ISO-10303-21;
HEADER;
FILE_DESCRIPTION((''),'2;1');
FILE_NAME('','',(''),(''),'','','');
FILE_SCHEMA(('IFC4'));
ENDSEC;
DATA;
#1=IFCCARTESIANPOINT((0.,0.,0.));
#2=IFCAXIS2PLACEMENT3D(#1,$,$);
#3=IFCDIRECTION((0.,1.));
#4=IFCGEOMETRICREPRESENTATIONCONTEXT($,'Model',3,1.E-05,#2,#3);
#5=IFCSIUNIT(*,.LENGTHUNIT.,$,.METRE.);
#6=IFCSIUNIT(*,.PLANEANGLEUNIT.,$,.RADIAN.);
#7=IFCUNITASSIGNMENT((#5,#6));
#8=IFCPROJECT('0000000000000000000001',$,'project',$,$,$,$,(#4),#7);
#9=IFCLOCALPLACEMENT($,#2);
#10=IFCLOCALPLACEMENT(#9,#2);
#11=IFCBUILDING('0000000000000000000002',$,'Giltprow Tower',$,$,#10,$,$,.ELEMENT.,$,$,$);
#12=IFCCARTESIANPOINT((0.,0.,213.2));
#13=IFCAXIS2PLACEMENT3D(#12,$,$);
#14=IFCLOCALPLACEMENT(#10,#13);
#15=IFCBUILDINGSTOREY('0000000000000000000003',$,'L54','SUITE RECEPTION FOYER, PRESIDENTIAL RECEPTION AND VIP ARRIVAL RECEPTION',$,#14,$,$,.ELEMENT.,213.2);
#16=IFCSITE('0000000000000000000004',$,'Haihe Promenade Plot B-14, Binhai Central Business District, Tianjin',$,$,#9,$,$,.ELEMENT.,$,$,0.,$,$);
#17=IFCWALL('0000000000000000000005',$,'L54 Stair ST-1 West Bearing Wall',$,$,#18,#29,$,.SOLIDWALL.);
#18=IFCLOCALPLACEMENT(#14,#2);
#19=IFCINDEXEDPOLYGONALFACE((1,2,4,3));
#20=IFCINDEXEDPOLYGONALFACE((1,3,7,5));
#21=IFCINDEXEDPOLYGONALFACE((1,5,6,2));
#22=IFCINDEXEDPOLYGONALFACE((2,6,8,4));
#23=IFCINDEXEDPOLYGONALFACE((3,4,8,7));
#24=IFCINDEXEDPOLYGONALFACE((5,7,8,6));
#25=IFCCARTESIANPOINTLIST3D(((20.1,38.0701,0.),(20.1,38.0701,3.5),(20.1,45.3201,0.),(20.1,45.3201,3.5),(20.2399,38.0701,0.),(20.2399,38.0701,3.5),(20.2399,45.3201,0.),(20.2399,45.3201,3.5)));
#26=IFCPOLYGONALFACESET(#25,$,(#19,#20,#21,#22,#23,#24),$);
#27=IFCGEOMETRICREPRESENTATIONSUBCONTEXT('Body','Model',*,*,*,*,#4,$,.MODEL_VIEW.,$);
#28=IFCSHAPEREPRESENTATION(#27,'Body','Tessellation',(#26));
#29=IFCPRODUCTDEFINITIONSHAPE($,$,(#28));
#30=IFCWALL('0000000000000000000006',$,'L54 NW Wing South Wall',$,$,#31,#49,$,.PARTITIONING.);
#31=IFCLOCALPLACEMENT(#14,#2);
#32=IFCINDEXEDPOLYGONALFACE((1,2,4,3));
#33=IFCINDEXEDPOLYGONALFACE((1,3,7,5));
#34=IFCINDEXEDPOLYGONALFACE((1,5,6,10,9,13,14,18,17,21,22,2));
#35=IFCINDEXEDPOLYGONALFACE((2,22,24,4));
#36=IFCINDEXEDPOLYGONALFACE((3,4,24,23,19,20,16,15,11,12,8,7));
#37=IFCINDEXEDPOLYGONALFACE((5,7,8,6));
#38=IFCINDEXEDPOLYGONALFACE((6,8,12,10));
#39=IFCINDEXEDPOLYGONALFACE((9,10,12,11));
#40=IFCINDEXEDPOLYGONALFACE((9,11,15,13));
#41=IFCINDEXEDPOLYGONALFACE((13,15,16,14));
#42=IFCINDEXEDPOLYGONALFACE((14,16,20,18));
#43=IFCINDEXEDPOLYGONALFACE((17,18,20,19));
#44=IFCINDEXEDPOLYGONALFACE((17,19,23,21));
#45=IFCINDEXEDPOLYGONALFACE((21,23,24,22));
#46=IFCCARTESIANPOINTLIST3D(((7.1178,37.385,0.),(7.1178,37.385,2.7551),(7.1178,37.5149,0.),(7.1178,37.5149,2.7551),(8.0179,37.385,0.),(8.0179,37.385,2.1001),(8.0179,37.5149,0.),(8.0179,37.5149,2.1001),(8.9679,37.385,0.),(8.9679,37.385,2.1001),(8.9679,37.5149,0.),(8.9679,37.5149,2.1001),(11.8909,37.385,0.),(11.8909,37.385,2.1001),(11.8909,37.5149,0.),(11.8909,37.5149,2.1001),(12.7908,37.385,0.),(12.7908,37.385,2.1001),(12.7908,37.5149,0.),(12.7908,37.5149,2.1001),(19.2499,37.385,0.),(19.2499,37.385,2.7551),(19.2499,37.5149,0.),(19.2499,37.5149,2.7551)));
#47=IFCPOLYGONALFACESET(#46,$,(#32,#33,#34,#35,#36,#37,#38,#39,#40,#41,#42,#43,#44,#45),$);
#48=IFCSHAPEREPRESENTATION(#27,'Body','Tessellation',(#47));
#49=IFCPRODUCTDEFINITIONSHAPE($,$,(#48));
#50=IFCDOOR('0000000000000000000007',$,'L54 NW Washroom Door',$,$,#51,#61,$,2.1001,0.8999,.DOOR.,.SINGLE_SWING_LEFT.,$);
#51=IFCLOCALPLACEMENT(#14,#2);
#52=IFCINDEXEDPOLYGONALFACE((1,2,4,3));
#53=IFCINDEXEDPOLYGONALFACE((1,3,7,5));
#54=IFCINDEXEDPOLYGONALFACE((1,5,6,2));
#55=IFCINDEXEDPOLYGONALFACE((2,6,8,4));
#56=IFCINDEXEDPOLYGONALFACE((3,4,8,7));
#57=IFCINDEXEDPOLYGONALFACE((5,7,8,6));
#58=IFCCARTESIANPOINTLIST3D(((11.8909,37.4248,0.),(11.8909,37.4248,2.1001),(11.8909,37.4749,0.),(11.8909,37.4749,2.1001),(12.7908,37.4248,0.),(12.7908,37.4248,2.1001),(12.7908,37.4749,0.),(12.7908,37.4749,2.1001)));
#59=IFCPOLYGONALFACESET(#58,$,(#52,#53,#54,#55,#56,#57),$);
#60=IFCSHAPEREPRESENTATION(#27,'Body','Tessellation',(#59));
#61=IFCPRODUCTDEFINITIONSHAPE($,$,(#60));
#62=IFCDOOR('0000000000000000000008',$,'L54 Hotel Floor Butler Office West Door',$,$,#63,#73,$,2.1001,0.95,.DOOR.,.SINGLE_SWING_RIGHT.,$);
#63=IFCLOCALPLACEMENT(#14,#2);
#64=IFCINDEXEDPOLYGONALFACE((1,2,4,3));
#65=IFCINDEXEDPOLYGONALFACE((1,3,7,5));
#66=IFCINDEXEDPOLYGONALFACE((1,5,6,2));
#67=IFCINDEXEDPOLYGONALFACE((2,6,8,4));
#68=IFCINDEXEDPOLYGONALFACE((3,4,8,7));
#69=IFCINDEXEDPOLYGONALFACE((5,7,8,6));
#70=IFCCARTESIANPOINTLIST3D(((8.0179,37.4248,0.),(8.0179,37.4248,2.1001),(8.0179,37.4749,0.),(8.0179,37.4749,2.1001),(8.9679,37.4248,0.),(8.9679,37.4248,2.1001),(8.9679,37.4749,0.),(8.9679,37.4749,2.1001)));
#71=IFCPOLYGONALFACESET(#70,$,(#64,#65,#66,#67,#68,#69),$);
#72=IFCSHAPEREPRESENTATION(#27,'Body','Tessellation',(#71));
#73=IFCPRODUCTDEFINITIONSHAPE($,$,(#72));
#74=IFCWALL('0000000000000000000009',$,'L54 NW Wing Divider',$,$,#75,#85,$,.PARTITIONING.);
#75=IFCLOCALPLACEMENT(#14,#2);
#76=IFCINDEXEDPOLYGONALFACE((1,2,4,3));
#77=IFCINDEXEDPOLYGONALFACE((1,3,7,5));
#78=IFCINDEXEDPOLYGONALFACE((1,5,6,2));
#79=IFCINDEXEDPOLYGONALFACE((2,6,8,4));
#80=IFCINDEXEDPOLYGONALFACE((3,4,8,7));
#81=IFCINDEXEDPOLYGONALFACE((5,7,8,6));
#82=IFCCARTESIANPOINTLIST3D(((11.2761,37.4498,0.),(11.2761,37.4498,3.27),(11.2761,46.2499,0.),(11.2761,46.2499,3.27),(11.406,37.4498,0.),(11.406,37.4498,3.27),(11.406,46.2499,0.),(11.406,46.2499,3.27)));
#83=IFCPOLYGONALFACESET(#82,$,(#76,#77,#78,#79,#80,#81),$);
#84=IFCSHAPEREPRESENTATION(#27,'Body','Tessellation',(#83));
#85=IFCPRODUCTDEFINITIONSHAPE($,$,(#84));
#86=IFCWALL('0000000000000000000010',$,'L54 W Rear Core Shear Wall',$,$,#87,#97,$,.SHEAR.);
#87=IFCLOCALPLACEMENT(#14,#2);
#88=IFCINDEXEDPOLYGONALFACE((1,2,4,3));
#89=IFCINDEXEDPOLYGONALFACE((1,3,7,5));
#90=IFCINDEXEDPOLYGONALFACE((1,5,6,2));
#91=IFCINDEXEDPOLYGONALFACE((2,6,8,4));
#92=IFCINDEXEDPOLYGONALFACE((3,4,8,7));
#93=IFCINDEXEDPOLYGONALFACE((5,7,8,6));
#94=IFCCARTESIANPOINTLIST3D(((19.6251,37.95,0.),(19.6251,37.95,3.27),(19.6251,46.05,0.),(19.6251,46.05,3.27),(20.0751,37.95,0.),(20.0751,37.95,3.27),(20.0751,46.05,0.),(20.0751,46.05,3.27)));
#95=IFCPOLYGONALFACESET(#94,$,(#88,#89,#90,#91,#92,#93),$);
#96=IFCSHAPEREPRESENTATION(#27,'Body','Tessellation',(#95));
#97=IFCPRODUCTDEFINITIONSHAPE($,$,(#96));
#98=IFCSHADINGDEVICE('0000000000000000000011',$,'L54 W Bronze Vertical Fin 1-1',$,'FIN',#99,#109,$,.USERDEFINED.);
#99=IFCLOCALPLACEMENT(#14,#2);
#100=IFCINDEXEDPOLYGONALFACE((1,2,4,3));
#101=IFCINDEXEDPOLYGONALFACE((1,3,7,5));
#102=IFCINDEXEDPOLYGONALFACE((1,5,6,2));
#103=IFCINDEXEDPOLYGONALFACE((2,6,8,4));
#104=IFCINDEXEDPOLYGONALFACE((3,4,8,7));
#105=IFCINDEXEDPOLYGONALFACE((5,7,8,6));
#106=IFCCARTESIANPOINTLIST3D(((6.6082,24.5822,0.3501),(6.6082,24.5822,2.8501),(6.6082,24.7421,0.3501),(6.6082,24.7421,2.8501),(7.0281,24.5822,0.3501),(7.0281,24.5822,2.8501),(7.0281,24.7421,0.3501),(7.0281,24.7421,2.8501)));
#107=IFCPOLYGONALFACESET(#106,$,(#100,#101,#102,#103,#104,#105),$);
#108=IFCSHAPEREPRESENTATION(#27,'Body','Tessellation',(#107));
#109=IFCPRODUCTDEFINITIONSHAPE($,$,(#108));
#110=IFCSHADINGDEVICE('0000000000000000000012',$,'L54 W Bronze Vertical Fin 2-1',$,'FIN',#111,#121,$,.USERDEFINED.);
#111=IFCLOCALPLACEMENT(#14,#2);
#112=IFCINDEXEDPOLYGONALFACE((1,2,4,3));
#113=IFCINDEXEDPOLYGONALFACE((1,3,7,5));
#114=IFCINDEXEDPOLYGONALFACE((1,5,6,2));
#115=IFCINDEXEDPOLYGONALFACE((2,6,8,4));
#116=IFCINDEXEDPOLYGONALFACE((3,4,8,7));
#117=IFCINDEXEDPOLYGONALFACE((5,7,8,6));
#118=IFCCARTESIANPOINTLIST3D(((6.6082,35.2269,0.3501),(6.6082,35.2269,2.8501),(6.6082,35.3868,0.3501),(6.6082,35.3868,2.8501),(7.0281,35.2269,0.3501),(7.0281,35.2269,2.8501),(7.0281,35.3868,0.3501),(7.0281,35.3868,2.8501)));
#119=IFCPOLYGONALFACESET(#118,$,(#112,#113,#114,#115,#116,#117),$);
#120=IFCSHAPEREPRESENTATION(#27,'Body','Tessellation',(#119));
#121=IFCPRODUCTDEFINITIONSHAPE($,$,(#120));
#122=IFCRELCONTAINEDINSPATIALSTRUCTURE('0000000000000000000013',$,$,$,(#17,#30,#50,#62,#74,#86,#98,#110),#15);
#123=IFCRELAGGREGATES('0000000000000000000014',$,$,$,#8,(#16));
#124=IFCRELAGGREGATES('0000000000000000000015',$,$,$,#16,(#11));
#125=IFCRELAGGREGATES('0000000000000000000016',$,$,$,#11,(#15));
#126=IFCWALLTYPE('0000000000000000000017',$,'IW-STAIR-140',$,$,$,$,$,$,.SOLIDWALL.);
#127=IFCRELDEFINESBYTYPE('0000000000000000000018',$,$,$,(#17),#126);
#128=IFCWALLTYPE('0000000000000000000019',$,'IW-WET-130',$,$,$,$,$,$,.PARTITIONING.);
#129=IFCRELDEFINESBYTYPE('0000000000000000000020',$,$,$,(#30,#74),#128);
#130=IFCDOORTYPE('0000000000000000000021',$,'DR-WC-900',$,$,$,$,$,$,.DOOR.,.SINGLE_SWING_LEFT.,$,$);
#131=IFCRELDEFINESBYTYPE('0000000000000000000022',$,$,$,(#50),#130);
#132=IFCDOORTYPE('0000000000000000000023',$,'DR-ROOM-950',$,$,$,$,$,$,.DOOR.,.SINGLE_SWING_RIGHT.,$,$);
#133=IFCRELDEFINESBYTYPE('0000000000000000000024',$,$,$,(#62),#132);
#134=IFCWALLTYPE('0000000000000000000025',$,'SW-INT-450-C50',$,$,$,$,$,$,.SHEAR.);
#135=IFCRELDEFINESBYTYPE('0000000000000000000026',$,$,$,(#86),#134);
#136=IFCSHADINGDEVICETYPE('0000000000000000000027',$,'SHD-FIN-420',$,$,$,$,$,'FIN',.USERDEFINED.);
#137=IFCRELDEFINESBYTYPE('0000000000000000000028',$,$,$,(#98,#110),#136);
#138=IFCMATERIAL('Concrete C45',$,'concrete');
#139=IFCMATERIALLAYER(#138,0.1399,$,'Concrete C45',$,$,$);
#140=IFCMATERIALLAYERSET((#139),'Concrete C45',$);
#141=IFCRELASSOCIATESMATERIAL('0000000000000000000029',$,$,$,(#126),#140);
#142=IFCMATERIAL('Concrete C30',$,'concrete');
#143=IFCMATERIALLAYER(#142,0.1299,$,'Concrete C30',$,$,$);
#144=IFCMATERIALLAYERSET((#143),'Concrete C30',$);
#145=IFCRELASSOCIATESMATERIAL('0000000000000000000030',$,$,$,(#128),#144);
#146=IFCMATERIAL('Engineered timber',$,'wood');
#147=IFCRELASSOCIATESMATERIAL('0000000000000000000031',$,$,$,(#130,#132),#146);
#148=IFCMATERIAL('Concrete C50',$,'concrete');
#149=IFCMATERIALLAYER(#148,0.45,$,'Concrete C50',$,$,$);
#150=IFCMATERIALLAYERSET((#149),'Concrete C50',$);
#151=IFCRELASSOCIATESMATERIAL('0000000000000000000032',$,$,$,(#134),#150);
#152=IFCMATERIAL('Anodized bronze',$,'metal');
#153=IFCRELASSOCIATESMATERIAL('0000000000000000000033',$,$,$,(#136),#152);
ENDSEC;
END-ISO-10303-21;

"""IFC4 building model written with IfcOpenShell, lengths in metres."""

from ifc_helpers import new_model, si_unit, direction, frame, frame_2d, origin, origin_2d, place, context, subcontext, project, spatial, rectangle, extrude, source, transform, mapped, material, layer, layer_set, type_object, element, fill, save


model = new_model("IFC4")

# Units and contexts
model_context = context("Model", 3, precision=1e-05, world=origin(), true_north=direction((0.0, 1.0)))
body_context = subcontext(model_context, "Body", "Model", "MODEL_VIEW")
ifc_project = project(units=[si_unit("LENGTHUNIT", "METRE"), si_unit("PLANEANGLEUNIT", "RADIAN")], contexts=[model_context])

# Site, building, storey
site_placement = place(None, origin())
site = spatial("IfcSite", under=ifc_project, at=site_placement, Name="Haihe Promenade Plot B-14, Binhai Central Business District, Tianjin", CompositionType="ELEMENT", RefElevation=0.0)
building_placement = place(site_placement, origin())
building = spatial("IfcBuilding", under=site, at=building_placement, Name="Giltprow Tower", CompositionType="ELEMENT")
storey_placement = place(building_placement, frame((0.0, 0.0, 213.2)))
storey = spatial("IfcBuildingStorey", under=building, at=storey_placement, Name="L54", Description="SUITE RECEPTION FOYER, PRESIDENTIAL RECEPTION AND VIP ARRIVAL RECEPTION", CompositionType="ELEMENT", Elevation=213.2)

# Shared definitions
ifc_material_1 = material(Name="Concrete C50", Category="concrete")

# Shared definitions
ifc_material_2 = material(Name="Engineered timber", Category="wood")

# Wall
ifc_material_3 = material(Name="Concrete C45", Category="concrete")
ifc_layer_1 = layer(ifc_material_3, 0.1399, Name="Concrete C45")
ifc_layer_set_1 = layer_set([ifc_layer_1], Name="Concrete C45")
wall_type_1 = type_object("IfcWallType", Name="IW-STAIR-140", PredefinedType="SOLIDWALL", material=ifc_layer_set_1)
wall_1_placement = place(storey_placement, frame((20.1699, 38.0701, 0.0), z_axis=(0.0, 0.0, 1.0), x_axis=(0.0, 1.0, 0.0)))
element("IfcWall", 1, at=wall_1_placement, inside=storey, type_object=wall_type_1, Name="L54 Stair ST-1 West Bearing Wall", PredefinedType="SOLIDWALL", context=body_context, shape_type="SweptSolid", body=[
    extrude(rectangle(XDim=7.25, YDim=0.1399, at=frame_2d((3.625, 0.0))), origin(), (0.0, 0.0, 1.0), 3.5),
])

# Wall, openings, doors
ifc_material_4 = material(Name="Concrete C30", Category="concrete")
ifc_layer_2 = layer(ifc_material_4, 0.1299, Name="Concrete C30")
ifc_layer_set_2 = layer_set([ifc_layer_2], Name="Concrete C30")
wall_type_2 = type_object("IfcWallType", Name="IW-WET-130", PredefinedType="PARTITIONING", material=ifc_layer_set_2)
wall_2_placement = place(storey_placement, frame((7.1179, 37.45, 0.0), z_axis=(0.0, 0.0, 1.0), x_axis=(1.0, 0.0, 0.0)))
wall_2 = element("IfcWall", 2, at=wall_2_placement, inside=storey, type_object=wall_type_2, Name="L54 NW Wing South Wall", PredefinedType="PARTITIONING", context=body_context, shape_type="SweptSolid", body=[
    extrude(rectangle(XDim=12.1321, YDim=0.1299, at=frame_2d((6.0659, 0.0))), origin(), (0.0, 0.0, 1.0), 2.7551),
])
opening_1_placement = place(wall_2_placement, frame((0.8999, 0.0, 0.0)))
opening_1 = element("IfcOpeningElement", 3, at=opening_1_placement, cuts=wall_2, PredefinedType="OPENING", context=body_context, shape_type="SweptSolid", body=[
    extrude(rectangle(XDim=0.95, YDim=2.1001, at=frame_2d((0.4751, 1.05))), frame((0.0, 0.075, 0.0), z_axis=(0.0, -1.0, 0.0), x_axis=(1.0, 0.0, 0.0)), (0.0, 0.0, 1.0), 0.1499),
])
opening_2_placement = place(wall_2_placement, frame((4.7729, 0.0, 0.0)))
opening_2 = element("IfcOpeningElement", 4, at=opening_2_placement, cuts=wall_2, PredefinedType="OPENING", context=body_context, shape_type="SweptSolid", body=[
    extrude(rectangle(XDim=0.8999, YDim=2.1001, at=frame_2d((0.45, 1.05))), frame((0.0, 0.075, 0.0), z_axis=(0.0, -1.0, 0.0), x_axis=(1.0, 0.0, 0.0)), (0.0, 0.0, 1.0), 0.1499),
])
door_type_1 = type_object("IfcDoorType", Name="DR-WC-900", OperationType="SINGLE_SWING_LEFT", PredefinedType="DOOR", material=ifc_material_2)
shared_shape_1 = source(origin(), body_context, "Body", "SweptSolid", [
    extrude(rectangle(XDim=0.8999, YDim=2.1001, at=frame_2d((0.45, 1.05))), frame((0.0, 0.0249, 0.0), z_axis=(0.0, -1.0, 0.0), x_axis=(1.0, 0.0, 0.0)), (0.0, 0.0, 1.0), 0.05),
])
door_1_placement = place(opening_2_placement, origin())
door_1 = element("IfcDoor", 5, at=door_1_placement, inside=storey, type_object=door_type_1, Name="L54 NW Washroom Door", OperationType="SINGLE_SWING_LEFT", OverallHeight=2.1001, OverallWidth=0.8999, PredefinedType="DOOR", context=body_context, shape_type="MappedRepresentation", body=[
    mapped(shared_shape_1, transform((0.0, 0.0, 0.0), x_axis=(1.0, 0.0, 0.0), y_axis=(0.0, 1.0, 0.0), z_axis=(0.0, 0.0, 1.0), scale=1.0)),
])
fill(opening_2, door_1)
door_type_2 = type_object("IfcDoorType", Name="DR-ROOM-950", OperationType="SINGLE_SWING_RIGHT", PredefinedType="DOOR", material=ifc_material_2)
shared_shape_2 = source(origin(), body_context, "Body", "SweptSolid", [
    extrude(rectangle(XDim=0.95, YDim=2.1001, at=frame_2d((0.4751, 1.05))), frame((0.0, 0.0249, 0.0), z_axis=(0.0, -1.0, 0.0), x_axis=(1.0, 0.0, 0.0)), (0.0, 0.0, 1.0), 0.05),
])
door_2_placement = place(opening_1_placement, origin())
door_2 = element("IfcDoor", 6, at=door_2_placement, inside=storey, type_object=door_type_2, Name="L54 Hotel Floor Butler Office West Door", OperationType="SINGLE_SWING_RIGHT", OverallHeight=2.1001, OverallWidth=0.95, PredefinedType="DOOR", context=body_context, shape_type="MappedRepresentation", body=[
    mapped(shared_shape_2, transform((0.0, 0.0, 0.0), x_axis=(1.0, 0.0, 0.0), y_axis=(0.0, 1.0, 0.0), z_axis=(0.0, 0.0, 1.0), scale=1.0)),
])
fill(opening_1, door_2)

# Wall
wall_3_placement = place(storey_placement, frame((11.3411, 37.45, 0.0), z_axis=(0.0, 0.0, 1.0), x_axis=(0.0, 1.0, 0.0)))
element("IfcWall", 7, at=wall_3_placement, inside=storey, type_object=wall_type_2, Name="L54 NW Wing Divider", PredefinedType="PARTITIONING", context=body_context, shape_type="SweptSolid", body=[
    extrude(rectangle(XDim=8.8, YDim=0.1299, at=frame_2d((4.3999, 0.0))), origin(), (0.0, 0.0, 1.0), 3.27),
])

# Shared definitions
ifc_layer_3 = layer(ifc_material_1, 0.45, Name="Concrete C50")
ifc_layer_set_3 = layer_set([ifc_layer_3], Name="Concrete C50")
wall_type_3 = type_object("IfcWallType", Name="SW-INT-450-C50", PredefinedType="SHEAR", material=ifc_layer_set_3)

# Wall
wall_4_placement = place(storey_placement, frame((19.8501, 37.95, 0.0), z_axis=(0.0, 0.0, 1.0), x_axis=(0.0, 1.0, 0.0)))
element("IfcWall", 8, at=wall_4_placement, inside=storey, type_object=wall_type_3, Name="L54 W Rear Core Shear Wall", PredefinedType="SHEAR", context=body_context, shape_type="SweptSolid", body=[
    extrude(rectangle(XDim=8.1001, YDim=0.45, at=frame_2d((4.05, 0.0))), origin(), (0.0, 0.0, 1.0), 3.27),
])

# Shading devices
ifc_material_5 = material(Name="Anodized bronze", Category="metal")
shading_device_type = type_object("IfcShadingDeviceType", Name="SHD-FIN-420", ElementType="FIN", PredefinedType="USERDEFINED", material=ifc_material_5)
shared_shape_3 = source(origin(), body_context, "Body", "SweptSolid", [
    extrude(rectangle(XDim=0.4199, YDim=0.1599, at=origin_2d()), origin(), (0.0, 0.0, 1.0), 2.5),
])
for number, where, z_axis, x_axis, name in (
    (9, (6.8181, 24.6621, 0.3501), (0.0, 0.0, 1.0), (1.0, 0.0, 0.0), "L54 W Bronze Vertical Fin 1-1"),
    (10, (6.8181, 35.3069, 0.3501), (0.0, 0.0, 1.0), (1.0, 0.0, 0.0), "L54 W Bronze Vertical Fin 2-1"),
):
    element("IfcShadingDevice", number, at=place(storey_placement, frame(where, z_axis=z_axis, x_axis=x_axis)), inside=storey, type_object=shading_device_type, Name=name, ObjectType="FIN", PredefinedType="USERDEFINED", context=body_context, shape_type="MappedRepresentation", body=[
        mapped(shared_shape_3, transform((0.0, 0.0, 0.0), x_axis=(1.0, 0.0, 0.0), y_axis=(0.0, 1.0, 0.0), z_axis=(0.0, 0.0, 1.0), scale=1.0)),
    ])

save(model, "model.ifc")
